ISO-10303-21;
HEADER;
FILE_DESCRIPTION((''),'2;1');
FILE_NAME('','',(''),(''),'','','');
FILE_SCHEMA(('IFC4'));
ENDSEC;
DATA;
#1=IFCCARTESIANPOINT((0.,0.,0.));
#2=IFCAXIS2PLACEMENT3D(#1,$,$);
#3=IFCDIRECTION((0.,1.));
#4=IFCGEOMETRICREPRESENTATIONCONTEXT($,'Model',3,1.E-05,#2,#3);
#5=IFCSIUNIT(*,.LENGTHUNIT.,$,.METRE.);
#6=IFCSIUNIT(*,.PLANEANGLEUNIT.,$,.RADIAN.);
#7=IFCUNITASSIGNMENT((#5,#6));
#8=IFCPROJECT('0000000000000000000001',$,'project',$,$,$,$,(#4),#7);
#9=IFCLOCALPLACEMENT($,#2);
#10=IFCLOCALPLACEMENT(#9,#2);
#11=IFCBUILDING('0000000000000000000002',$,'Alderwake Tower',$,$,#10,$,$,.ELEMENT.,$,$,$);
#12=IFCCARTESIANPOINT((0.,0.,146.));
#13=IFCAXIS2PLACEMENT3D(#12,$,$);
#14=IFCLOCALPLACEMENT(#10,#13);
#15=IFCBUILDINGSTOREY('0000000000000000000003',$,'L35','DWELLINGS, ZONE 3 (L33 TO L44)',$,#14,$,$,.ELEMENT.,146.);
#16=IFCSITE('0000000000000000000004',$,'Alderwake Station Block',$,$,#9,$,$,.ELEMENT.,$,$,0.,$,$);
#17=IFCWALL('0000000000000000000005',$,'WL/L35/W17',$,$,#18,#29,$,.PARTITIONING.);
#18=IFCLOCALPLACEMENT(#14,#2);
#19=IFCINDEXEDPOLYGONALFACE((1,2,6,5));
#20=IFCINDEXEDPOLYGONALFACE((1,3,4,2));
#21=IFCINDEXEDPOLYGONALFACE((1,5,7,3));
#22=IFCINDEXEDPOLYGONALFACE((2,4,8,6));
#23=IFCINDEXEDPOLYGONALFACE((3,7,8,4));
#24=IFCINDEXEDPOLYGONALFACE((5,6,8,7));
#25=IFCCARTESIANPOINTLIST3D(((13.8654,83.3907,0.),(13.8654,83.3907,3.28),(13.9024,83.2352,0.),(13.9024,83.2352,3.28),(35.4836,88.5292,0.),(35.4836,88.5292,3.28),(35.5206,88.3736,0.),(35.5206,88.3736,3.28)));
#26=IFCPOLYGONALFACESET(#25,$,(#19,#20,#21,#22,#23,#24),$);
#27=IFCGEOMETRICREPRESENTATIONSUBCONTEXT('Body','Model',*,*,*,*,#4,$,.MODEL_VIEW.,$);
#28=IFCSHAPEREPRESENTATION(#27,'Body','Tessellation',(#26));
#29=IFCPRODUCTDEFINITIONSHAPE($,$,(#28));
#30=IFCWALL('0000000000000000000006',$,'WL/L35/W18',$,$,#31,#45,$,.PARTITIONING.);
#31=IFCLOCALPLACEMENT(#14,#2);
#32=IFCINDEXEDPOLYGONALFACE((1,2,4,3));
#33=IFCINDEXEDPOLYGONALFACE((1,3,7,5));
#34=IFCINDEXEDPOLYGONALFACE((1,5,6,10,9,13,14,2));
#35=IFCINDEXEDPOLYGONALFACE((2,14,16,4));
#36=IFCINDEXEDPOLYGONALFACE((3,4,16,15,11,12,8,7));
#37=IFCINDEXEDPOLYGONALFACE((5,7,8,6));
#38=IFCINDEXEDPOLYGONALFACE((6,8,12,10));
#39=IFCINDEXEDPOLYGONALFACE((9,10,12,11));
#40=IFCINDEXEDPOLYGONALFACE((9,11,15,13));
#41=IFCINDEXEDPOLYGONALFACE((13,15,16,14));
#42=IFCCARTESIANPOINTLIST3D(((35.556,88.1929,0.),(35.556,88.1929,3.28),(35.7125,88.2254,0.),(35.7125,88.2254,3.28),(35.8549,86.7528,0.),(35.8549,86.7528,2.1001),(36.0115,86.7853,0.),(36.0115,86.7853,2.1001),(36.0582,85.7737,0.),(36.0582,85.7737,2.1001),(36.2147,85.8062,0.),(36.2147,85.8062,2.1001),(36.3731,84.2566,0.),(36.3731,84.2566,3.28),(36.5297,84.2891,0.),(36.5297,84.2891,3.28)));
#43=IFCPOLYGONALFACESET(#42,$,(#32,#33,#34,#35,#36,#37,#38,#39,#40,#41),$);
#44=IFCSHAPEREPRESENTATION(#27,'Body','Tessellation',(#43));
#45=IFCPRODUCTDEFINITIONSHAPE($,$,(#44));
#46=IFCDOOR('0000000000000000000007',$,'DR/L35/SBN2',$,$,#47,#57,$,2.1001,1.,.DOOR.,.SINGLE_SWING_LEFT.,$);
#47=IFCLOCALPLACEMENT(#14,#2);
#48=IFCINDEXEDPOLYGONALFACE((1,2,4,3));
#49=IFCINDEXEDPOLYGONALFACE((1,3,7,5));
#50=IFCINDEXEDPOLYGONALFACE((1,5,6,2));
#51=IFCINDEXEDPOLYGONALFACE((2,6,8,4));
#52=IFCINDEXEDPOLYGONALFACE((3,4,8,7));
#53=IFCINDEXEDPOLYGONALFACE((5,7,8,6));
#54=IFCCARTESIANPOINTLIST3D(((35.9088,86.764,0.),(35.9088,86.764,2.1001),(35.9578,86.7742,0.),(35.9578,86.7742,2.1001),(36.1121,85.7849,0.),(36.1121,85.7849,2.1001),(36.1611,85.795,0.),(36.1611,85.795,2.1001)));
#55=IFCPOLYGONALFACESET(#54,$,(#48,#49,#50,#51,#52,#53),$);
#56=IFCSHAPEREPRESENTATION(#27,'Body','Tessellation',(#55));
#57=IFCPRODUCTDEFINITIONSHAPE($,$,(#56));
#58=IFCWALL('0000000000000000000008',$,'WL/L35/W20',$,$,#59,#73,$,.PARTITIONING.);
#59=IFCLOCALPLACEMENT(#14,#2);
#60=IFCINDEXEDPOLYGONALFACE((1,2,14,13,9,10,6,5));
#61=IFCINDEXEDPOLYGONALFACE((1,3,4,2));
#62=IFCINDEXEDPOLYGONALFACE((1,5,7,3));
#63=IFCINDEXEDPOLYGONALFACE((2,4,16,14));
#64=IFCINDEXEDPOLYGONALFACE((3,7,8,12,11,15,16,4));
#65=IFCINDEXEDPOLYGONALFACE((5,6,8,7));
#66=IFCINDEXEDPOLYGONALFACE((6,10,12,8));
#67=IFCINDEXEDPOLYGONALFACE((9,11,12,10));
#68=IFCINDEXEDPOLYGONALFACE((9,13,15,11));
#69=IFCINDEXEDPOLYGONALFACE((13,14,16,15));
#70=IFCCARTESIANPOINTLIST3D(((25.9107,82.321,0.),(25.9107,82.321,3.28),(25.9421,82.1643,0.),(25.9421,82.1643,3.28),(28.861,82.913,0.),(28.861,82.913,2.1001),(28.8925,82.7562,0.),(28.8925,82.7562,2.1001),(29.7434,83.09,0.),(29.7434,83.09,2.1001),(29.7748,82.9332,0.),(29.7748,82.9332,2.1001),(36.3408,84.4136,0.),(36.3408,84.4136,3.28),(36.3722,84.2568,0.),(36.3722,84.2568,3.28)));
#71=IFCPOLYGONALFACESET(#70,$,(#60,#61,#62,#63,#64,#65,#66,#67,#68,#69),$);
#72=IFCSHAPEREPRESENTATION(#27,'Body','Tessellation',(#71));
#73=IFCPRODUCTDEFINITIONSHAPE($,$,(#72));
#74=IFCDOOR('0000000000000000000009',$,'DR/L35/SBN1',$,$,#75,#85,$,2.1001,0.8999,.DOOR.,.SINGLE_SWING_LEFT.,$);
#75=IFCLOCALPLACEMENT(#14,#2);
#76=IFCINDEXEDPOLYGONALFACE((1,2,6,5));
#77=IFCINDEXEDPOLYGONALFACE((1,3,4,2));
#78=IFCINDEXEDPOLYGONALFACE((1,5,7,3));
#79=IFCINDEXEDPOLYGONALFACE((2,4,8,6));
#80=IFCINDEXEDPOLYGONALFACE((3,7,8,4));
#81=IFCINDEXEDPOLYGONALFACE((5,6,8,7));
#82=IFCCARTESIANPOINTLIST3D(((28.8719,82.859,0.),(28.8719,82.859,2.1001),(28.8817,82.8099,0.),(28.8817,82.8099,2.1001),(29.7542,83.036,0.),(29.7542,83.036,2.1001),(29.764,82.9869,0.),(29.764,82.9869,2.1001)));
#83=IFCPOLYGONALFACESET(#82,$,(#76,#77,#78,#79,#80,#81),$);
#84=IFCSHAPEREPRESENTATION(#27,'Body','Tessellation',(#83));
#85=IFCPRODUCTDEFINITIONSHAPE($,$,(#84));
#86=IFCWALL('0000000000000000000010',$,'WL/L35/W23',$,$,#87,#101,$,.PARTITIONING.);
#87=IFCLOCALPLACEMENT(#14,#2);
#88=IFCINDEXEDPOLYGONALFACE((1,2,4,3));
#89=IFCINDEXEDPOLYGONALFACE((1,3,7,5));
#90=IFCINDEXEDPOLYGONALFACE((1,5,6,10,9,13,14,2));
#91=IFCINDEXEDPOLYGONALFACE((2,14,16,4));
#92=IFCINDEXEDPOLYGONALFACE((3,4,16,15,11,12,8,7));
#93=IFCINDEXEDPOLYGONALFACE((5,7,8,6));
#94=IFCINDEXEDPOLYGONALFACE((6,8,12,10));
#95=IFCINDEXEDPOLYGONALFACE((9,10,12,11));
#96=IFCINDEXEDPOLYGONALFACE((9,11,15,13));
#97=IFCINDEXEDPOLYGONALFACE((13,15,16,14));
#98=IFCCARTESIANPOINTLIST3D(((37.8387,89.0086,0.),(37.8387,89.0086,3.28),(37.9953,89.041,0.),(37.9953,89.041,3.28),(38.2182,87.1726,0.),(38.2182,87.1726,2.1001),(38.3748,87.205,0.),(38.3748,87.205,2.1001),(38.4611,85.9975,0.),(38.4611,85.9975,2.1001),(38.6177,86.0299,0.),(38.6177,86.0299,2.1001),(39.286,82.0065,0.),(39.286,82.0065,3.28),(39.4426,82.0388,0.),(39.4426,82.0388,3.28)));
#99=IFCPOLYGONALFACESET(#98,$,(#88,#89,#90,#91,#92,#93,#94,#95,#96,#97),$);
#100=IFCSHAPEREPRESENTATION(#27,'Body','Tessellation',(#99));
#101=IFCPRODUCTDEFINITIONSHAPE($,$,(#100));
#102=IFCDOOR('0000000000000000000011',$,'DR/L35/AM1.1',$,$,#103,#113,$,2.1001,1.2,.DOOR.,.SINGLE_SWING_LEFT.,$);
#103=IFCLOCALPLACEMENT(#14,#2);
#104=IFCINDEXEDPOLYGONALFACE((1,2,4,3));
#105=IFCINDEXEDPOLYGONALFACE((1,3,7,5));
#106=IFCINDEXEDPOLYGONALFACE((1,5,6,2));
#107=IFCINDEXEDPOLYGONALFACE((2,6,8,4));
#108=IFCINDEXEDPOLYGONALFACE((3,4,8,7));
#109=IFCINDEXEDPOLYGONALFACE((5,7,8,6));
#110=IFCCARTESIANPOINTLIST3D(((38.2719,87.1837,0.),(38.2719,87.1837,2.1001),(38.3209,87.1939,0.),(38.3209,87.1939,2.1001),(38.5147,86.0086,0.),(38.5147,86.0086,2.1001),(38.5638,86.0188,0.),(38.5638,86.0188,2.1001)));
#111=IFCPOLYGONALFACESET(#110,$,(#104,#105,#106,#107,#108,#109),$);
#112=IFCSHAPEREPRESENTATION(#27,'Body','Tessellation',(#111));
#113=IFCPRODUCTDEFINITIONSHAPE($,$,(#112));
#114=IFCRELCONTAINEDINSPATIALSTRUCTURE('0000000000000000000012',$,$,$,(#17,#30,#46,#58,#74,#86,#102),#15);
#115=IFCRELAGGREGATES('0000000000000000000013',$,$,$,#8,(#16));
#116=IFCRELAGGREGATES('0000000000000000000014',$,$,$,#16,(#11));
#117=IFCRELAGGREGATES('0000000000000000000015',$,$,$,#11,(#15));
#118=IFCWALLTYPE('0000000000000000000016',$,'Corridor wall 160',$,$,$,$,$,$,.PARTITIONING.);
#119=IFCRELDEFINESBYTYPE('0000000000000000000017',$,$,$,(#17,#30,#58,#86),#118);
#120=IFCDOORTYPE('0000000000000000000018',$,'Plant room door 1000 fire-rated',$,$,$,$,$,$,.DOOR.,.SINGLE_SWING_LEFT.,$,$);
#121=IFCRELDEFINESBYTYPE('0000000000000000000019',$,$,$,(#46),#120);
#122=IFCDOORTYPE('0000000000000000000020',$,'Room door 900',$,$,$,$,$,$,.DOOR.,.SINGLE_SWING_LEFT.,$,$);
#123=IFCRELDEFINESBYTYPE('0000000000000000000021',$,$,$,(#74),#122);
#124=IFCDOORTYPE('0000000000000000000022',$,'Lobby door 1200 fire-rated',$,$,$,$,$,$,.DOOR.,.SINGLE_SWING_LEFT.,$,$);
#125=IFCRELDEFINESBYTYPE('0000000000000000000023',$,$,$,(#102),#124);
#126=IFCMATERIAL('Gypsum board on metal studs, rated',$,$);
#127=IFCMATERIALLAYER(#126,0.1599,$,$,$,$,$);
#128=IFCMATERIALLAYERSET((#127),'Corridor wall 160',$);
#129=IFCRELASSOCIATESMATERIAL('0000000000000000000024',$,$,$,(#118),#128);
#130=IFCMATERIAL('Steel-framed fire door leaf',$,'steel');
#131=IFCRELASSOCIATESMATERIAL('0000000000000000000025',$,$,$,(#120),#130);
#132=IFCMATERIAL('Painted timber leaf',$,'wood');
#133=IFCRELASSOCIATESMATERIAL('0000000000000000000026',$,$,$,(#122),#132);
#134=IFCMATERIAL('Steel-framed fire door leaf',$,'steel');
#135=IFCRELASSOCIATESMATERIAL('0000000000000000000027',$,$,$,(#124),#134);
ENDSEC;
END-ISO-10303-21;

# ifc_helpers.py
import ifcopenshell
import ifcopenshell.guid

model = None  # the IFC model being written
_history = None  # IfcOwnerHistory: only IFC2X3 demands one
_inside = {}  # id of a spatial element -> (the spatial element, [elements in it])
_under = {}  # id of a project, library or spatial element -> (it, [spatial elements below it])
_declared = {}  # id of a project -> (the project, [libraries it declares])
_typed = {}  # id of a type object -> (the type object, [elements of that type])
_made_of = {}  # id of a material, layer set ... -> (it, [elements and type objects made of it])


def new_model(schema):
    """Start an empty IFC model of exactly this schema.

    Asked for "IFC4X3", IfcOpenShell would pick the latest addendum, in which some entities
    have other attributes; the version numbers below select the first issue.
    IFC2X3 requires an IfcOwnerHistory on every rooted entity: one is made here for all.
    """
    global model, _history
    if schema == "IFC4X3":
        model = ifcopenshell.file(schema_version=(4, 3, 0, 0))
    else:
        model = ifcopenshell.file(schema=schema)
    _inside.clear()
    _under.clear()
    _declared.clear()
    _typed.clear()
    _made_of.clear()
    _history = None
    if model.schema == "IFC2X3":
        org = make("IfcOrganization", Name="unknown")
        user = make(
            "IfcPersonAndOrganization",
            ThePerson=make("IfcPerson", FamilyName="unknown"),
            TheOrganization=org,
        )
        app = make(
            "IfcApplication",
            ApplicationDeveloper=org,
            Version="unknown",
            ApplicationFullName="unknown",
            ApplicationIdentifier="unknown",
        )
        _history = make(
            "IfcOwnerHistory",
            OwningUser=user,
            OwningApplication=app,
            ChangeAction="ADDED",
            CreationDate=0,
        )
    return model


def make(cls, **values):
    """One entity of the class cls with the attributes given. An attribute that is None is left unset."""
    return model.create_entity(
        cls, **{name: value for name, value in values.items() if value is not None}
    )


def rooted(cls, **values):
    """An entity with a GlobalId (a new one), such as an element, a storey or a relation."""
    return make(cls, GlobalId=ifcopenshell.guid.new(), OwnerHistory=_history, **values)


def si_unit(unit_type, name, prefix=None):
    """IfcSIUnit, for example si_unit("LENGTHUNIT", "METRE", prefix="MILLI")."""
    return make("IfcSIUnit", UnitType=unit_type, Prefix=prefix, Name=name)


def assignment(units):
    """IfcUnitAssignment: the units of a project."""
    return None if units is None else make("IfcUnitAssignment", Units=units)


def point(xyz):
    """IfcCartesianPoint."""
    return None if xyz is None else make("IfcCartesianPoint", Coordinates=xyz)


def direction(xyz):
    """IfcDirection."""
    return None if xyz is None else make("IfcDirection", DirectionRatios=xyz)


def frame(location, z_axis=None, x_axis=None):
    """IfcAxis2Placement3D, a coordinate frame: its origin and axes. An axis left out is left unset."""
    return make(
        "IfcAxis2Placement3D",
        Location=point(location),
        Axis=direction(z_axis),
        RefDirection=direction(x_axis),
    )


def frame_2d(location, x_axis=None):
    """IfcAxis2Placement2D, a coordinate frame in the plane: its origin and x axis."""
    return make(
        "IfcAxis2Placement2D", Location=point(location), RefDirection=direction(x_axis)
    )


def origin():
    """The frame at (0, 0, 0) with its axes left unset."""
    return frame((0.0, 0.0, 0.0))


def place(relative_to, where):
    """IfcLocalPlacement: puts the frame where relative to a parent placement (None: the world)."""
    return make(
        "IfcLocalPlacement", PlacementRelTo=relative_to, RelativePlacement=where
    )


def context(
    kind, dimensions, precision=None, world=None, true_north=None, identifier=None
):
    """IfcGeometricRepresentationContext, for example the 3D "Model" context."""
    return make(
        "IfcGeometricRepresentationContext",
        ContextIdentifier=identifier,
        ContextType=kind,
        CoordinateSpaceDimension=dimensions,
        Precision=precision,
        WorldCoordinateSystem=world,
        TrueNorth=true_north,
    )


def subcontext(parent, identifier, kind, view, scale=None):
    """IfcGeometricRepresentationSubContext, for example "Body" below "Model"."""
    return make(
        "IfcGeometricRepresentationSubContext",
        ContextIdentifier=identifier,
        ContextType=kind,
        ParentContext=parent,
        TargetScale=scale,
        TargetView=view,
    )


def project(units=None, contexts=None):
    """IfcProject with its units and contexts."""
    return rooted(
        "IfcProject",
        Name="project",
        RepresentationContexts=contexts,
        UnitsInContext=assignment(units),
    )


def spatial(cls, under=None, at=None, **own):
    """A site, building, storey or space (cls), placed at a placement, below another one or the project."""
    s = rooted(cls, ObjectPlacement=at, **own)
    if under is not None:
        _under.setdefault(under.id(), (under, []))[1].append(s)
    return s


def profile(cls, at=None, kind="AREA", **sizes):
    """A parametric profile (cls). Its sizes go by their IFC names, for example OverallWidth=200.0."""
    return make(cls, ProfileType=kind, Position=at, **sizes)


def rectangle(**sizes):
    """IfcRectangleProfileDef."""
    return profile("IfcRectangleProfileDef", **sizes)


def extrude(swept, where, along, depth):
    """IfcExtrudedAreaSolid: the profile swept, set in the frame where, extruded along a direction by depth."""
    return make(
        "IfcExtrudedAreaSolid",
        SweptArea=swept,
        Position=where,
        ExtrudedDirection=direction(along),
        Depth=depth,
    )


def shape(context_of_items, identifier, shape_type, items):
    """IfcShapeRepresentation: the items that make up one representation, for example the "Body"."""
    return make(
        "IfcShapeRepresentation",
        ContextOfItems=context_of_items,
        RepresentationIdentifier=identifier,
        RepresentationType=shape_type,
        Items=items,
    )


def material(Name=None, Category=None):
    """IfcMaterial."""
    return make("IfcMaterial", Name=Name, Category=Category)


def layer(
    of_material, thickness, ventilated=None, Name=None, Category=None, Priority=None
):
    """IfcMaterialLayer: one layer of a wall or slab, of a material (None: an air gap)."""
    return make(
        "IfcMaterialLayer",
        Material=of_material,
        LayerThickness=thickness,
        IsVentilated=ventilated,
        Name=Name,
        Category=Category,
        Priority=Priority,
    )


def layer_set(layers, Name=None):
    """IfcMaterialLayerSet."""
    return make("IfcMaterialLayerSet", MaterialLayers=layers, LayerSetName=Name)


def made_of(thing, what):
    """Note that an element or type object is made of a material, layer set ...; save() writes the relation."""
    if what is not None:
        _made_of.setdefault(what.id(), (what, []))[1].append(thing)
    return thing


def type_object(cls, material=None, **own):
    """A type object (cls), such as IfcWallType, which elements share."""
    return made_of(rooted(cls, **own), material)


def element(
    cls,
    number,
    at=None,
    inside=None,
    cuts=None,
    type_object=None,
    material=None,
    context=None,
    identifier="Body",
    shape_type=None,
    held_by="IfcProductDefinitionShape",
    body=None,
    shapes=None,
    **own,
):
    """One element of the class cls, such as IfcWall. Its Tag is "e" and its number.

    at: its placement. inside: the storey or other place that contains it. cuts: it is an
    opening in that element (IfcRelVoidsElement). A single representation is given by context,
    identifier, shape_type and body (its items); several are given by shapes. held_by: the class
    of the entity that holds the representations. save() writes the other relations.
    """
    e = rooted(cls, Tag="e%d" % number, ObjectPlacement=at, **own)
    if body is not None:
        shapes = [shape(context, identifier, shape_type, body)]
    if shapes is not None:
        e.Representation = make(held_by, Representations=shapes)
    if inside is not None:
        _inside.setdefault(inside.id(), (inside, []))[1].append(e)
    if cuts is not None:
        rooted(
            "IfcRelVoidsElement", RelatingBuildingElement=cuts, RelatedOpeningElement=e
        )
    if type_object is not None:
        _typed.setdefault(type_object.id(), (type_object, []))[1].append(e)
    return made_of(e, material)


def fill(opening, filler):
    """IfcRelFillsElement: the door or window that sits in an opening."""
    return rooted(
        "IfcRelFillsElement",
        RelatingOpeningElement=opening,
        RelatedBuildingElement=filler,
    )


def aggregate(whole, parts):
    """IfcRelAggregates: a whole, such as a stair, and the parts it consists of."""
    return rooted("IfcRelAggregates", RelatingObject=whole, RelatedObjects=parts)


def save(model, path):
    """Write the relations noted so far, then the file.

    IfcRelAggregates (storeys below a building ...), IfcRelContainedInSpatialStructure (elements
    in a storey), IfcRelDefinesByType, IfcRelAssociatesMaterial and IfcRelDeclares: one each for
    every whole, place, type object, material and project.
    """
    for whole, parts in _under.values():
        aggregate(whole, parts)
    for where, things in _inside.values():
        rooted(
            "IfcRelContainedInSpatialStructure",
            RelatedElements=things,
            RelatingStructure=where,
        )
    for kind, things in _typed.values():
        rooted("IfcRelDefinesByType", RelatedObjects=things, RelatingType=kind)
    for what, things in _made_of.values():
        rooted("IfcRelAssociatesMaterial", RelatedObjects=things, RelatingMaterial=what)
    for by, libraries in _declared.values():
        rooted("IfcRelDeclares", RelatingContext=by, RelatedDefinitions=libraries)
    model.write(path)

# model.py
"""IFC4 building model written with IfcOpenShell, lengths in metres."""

from ifc_helpers import new_model, si_unit, direction, frame, frame_2d, origin, place, context, subcontext, project, spatial, rectangle, extrude, material, layer, layer_set, type_object, element, fill, save


model = new_model("IFC4")

# Units and contexts
model_context = context("Model", 3, precision=1e-05, world=origin(), true_north=direction((0.0, 1.0)))
body_context = subcontext(model_context, "Body", "Model", "MODEL_VIEW")
ifc_project = project(units=[si_unit("LENGTHUNIT", "METRE"), si_unit("PLANEANGLEUNIT", "RADIAN")], contexts=[model_context])

# Site, building, storey
site_placement = place(None, origin())
site = spatial("IfcSite", under=ifc_project, at=site_placement, Name="Alderwake Station Block", CompositionType="ELEMENT", RefElevation=0.0)
building_placement = place(site_placement, origin())
building = spatial("IfcBuilding", under=site, at=building_placement, Name="Alderwake Tower", CompositionType="ELEMENT")
storey_placement = place(building_placement, frame((0.0, 0.0, 146.0)))
storey = spatial("IfcBuildingStorey", under=building, at=storey_placement, Name="L35", Description="DWELLINGS, ZONE 3 (L33 TO L44)", CompositionType="ELEMENT", Elevation=146.0)

# Shared definitions
ifc_material_1 = material(Name="Gypsum board on metal studs, rated")
ifc_layer_1 = layer(ifc_material_1, 0.1599)
ifc_layer_set_1 = layer_set([ifc_layer_1], Name="Corridor wall 160")
wall_type_1 = type_object("IfcWallType", Name="Corridor wall 160", PredefinedType="PARTITIONING", material=ifc_layer_set_1)

# Wall
wall_1_placement = place(storey_placement, frame((35.5022, 88.4514, 0.0), z_axis=(0.0, 0.0, 1.0), x_axis=(-0.972895, -0.231248, 0.0)))
element("IfcWall", 1, at=wall_1_placement, inside=storey, type_object=wall_type_1, Name="WL/L35/W17", PredefinedType="PARTITIONING", context=body_context, shape_type="SweptSolid", body=[
    extrude(rectangle(XDim=22.2205, YDim=0.1599, at=frame_2d((11.1104, 0.0))), origin(), (0.0, 0.0, 1.0), 3.28),
])

# Walls, openings, doors
wall_2_placement = place(storey_placement, frame((36.4514, 84.2727, 0.0), z_axis=(0.0, 0.0, 1.0), x_axis=(-0.203258, 0.979125, 0.0)))
wall_2 = element("IfcWall", 2, at=wall_2_placement, inside=storey, type_object=wall_type_1, Name="WL/L35/W18", PredefinedType="PARTITIONING", context=body_context, shape_type="SweptSolid", body=[
    extrude(rectangle(XDim=4.0203, YDim=0.1599, at=frame_2d((2.0103, 0.0))), origin(), (0.0, 0.0, 1.0), 3.28),
])
opening_1_placement = place(wall_2_placement, frame((1.5496, 0.0, 0.0)))
opening_1 = element("IfcOpeningElement", 3, at=opening_1_placement, cuts=wall_2, PredefinedType="OPENING", context=body_context, shape_type="SweptSolid", body=[
    extrude(rectangle(XDim=1.0, YDim=2.1001, at=frame_2d((0.5, 1.05))), frame((0.0, 0.0898, 0.0), z_axis=(0.0, -1.0, 0.0), x_axis=(1.0, 0.0, 0.0)), (0.0, 0.0, 1.0), 0.1799),
])
ifc_material_2 = material(Name="Steel-framed fire door leaf", Category="steel")
door_type_1 = type_object("IfcDoorType", Name="Plant room door 1000 fire-rated", OperationType="SINGLE_SWING_LEFT", PredefinedType="DOOR", material=ifc_material_2)
door_1_placement = place(opening_1_placement, origin())
door_1 = element("IfcDoor", 4, at=door_1_placement, inside=storey, type_object=door_type_1, Name="DR/L35/SBN2", OperationType="SINGLE_SWING_LEFT", OverallHeight=2.1001, OverallWidth=1.0, PredefinedType="DOOR", context=body_context, shape_type="SweptSolid", body=[
    extrude(rectangle(XDim=1.0, YDim=2.1001, at=frame_2d((0.5, 1.05))), frame((0.0, 0.0249, 0.0), z_axis=(0.0, -1.0, 0.0), x_axis=(1.0, 0.0, 0.0)), (0.0, 0.0, 1.0), 0.05),
])
fill(opening_1, door_1)
wall_3_placement = place(storey_placement, frame((25.9265, 82.2427, 0.0), z_axis=(0.0, 0.0, 1.0), x_axis=(0.980463, 0.196703, 0.0)))
wall_3 = element("IfcWall", 5, at=wall_3_placement, inside=storey, type_object=wall_type_1, Name="WL/L35/W20", PredefinedType="PARTITIONING", context=body_context, shape_type="SweptSolid", body=[
    extrude(rectangle(XDim=10.6379, YDim=0.1599, at=frame_2d((5.3188, 0.0))), origin(), (0.0, 0.0, 1.0), 3.28),
])
opening_2_placement = place(wall_3_placement, frame((3.009, 0.0, 0.0)))
opening_2 = element("IfcOpeningElement", 6, at=opening_2_placement, cuts=wall_3, PredefinedType="OPENING", context=body_context, shape_type="SweptSolid", body=[
    extrude(rectangle(XDim=0.8999, YDim=2.1001, at=frame_2d((0.45, 1.05))), frame((0.0, 0.0898, 0.0), z_axis=(0.0, -1.0, 0.0), x_axis=(1.0, 0.0, 0.0)), (0.0, 0.0, 1.0), 0.1799),
])
ifc_material_3 = material(Name="Painted timber leaf", Category="wood")
door_type_2 = type_object("IfcDoorType", Name="Room door 900", OperationType="SINGLE_SWING_LEFT", PredefinedType="DOOR", material=ifc_material_3)
door_2_placement = place(opening_2_placement, origin())
door_2 = element("IfcDoor", 7, at=door_2_placement, inside=storey, type_object=door_type_2, Name="DR/L35/SBN1", OperationType="SINGLE_SWING_LEFT", OverallHeight=2.1001, OverallWidth=0.8999, PredefinedType="DOOR", context=body_context, shape_type="SweptSolid", body=[
    extrude(rectangle(XDim=0.8999, YDim=2.1001, at=frame_2d((0.45, 1.05))), frame((0.0, 0.0249, 0.0), z_axis=(0.0, -1.0, 0.0), x_axis=(1.0, 0.0, 0.0)), (0.0, 0.0, 1.0), 0.05),
])
fill(opening_2, door_2)
wall_4_placement = place(storey_placement, frame((37.917, 89.0249, 0.0), z_axis=(0.0, 0.0, 1.0), x_axis=(0.202409, -0.979301, 0.0)))
wall_4 = element("IfcWall", 8, at=wall_4_placement, inside=storey, type_object=wall_type_1, Name="WL/L35/W23", PredefinedType="PARTITIONING", context=body_context, shape_type="SweptSolid", body=[
    extrude(rectangle(XDim=7.1501, YDim=0.1599, at=frame_2d((3.5752, 0.0))), origin(), (0.0, 0.0, 1.0), 3.28),
])
opening_3_placement = place(wall_4_placement, frame((1.8748, 0.0, 0.0)))
opening_3 = element("IfcOpeningElement", 9, at=opening_3_placement, cuts=wall_4, PredefinedType="OPENING", context=body_context, shape_type="SweptSolid", body=[
    extrude(rectangle(XDim=1.2, YDim=2.1001, at=frame_2d((0.6001, 1.05))), frame((0.0, 0.0898, 0.0), z_axis=(0.0, -1.0, 0.0), x_axis=(1.0, 0.0, 0.0)), (0.0, 0.0, 1.0), 0.1799),
])
ifc_material_4 = material(Name="Steel-framed fire door leaf", Category="steel")
door_type_3 = type_object("IfcDoorType", Name="Lobby door 1200 fire-rated", OperationType="SINGLE_SWING_LEFT", PredefinedType="DOOR", material=ifc_material_4)
door_3_placement = place(opening_3_placement, origin())
door_3 = element("IfcDoor", 10, at=door_3_placement, inside=storey, type_object=door_type_3, Name="DR/L35/AM1.1", OperationType="SINGLE_SWING_LEFT", OverallHeight=2.1001, OverallWidth=1.2, PredefinedType="DOOR", context=body_context, shape_type="SweptSolid", body=[
    extrude(rectangle(XDim=1.2, YDim=2.1001, at=frame_2d((0.6001, 1.05))), frame((0.0, 0.0249, 0.0), z_axis=(0.0, -1.0, 0.0), x_axis=(1.0, 0.0, 0.0)), (0.0, 0.0, 1.0), 0.05),
])
fill(opening_3, door_3)

save(model, "model.ifc")
